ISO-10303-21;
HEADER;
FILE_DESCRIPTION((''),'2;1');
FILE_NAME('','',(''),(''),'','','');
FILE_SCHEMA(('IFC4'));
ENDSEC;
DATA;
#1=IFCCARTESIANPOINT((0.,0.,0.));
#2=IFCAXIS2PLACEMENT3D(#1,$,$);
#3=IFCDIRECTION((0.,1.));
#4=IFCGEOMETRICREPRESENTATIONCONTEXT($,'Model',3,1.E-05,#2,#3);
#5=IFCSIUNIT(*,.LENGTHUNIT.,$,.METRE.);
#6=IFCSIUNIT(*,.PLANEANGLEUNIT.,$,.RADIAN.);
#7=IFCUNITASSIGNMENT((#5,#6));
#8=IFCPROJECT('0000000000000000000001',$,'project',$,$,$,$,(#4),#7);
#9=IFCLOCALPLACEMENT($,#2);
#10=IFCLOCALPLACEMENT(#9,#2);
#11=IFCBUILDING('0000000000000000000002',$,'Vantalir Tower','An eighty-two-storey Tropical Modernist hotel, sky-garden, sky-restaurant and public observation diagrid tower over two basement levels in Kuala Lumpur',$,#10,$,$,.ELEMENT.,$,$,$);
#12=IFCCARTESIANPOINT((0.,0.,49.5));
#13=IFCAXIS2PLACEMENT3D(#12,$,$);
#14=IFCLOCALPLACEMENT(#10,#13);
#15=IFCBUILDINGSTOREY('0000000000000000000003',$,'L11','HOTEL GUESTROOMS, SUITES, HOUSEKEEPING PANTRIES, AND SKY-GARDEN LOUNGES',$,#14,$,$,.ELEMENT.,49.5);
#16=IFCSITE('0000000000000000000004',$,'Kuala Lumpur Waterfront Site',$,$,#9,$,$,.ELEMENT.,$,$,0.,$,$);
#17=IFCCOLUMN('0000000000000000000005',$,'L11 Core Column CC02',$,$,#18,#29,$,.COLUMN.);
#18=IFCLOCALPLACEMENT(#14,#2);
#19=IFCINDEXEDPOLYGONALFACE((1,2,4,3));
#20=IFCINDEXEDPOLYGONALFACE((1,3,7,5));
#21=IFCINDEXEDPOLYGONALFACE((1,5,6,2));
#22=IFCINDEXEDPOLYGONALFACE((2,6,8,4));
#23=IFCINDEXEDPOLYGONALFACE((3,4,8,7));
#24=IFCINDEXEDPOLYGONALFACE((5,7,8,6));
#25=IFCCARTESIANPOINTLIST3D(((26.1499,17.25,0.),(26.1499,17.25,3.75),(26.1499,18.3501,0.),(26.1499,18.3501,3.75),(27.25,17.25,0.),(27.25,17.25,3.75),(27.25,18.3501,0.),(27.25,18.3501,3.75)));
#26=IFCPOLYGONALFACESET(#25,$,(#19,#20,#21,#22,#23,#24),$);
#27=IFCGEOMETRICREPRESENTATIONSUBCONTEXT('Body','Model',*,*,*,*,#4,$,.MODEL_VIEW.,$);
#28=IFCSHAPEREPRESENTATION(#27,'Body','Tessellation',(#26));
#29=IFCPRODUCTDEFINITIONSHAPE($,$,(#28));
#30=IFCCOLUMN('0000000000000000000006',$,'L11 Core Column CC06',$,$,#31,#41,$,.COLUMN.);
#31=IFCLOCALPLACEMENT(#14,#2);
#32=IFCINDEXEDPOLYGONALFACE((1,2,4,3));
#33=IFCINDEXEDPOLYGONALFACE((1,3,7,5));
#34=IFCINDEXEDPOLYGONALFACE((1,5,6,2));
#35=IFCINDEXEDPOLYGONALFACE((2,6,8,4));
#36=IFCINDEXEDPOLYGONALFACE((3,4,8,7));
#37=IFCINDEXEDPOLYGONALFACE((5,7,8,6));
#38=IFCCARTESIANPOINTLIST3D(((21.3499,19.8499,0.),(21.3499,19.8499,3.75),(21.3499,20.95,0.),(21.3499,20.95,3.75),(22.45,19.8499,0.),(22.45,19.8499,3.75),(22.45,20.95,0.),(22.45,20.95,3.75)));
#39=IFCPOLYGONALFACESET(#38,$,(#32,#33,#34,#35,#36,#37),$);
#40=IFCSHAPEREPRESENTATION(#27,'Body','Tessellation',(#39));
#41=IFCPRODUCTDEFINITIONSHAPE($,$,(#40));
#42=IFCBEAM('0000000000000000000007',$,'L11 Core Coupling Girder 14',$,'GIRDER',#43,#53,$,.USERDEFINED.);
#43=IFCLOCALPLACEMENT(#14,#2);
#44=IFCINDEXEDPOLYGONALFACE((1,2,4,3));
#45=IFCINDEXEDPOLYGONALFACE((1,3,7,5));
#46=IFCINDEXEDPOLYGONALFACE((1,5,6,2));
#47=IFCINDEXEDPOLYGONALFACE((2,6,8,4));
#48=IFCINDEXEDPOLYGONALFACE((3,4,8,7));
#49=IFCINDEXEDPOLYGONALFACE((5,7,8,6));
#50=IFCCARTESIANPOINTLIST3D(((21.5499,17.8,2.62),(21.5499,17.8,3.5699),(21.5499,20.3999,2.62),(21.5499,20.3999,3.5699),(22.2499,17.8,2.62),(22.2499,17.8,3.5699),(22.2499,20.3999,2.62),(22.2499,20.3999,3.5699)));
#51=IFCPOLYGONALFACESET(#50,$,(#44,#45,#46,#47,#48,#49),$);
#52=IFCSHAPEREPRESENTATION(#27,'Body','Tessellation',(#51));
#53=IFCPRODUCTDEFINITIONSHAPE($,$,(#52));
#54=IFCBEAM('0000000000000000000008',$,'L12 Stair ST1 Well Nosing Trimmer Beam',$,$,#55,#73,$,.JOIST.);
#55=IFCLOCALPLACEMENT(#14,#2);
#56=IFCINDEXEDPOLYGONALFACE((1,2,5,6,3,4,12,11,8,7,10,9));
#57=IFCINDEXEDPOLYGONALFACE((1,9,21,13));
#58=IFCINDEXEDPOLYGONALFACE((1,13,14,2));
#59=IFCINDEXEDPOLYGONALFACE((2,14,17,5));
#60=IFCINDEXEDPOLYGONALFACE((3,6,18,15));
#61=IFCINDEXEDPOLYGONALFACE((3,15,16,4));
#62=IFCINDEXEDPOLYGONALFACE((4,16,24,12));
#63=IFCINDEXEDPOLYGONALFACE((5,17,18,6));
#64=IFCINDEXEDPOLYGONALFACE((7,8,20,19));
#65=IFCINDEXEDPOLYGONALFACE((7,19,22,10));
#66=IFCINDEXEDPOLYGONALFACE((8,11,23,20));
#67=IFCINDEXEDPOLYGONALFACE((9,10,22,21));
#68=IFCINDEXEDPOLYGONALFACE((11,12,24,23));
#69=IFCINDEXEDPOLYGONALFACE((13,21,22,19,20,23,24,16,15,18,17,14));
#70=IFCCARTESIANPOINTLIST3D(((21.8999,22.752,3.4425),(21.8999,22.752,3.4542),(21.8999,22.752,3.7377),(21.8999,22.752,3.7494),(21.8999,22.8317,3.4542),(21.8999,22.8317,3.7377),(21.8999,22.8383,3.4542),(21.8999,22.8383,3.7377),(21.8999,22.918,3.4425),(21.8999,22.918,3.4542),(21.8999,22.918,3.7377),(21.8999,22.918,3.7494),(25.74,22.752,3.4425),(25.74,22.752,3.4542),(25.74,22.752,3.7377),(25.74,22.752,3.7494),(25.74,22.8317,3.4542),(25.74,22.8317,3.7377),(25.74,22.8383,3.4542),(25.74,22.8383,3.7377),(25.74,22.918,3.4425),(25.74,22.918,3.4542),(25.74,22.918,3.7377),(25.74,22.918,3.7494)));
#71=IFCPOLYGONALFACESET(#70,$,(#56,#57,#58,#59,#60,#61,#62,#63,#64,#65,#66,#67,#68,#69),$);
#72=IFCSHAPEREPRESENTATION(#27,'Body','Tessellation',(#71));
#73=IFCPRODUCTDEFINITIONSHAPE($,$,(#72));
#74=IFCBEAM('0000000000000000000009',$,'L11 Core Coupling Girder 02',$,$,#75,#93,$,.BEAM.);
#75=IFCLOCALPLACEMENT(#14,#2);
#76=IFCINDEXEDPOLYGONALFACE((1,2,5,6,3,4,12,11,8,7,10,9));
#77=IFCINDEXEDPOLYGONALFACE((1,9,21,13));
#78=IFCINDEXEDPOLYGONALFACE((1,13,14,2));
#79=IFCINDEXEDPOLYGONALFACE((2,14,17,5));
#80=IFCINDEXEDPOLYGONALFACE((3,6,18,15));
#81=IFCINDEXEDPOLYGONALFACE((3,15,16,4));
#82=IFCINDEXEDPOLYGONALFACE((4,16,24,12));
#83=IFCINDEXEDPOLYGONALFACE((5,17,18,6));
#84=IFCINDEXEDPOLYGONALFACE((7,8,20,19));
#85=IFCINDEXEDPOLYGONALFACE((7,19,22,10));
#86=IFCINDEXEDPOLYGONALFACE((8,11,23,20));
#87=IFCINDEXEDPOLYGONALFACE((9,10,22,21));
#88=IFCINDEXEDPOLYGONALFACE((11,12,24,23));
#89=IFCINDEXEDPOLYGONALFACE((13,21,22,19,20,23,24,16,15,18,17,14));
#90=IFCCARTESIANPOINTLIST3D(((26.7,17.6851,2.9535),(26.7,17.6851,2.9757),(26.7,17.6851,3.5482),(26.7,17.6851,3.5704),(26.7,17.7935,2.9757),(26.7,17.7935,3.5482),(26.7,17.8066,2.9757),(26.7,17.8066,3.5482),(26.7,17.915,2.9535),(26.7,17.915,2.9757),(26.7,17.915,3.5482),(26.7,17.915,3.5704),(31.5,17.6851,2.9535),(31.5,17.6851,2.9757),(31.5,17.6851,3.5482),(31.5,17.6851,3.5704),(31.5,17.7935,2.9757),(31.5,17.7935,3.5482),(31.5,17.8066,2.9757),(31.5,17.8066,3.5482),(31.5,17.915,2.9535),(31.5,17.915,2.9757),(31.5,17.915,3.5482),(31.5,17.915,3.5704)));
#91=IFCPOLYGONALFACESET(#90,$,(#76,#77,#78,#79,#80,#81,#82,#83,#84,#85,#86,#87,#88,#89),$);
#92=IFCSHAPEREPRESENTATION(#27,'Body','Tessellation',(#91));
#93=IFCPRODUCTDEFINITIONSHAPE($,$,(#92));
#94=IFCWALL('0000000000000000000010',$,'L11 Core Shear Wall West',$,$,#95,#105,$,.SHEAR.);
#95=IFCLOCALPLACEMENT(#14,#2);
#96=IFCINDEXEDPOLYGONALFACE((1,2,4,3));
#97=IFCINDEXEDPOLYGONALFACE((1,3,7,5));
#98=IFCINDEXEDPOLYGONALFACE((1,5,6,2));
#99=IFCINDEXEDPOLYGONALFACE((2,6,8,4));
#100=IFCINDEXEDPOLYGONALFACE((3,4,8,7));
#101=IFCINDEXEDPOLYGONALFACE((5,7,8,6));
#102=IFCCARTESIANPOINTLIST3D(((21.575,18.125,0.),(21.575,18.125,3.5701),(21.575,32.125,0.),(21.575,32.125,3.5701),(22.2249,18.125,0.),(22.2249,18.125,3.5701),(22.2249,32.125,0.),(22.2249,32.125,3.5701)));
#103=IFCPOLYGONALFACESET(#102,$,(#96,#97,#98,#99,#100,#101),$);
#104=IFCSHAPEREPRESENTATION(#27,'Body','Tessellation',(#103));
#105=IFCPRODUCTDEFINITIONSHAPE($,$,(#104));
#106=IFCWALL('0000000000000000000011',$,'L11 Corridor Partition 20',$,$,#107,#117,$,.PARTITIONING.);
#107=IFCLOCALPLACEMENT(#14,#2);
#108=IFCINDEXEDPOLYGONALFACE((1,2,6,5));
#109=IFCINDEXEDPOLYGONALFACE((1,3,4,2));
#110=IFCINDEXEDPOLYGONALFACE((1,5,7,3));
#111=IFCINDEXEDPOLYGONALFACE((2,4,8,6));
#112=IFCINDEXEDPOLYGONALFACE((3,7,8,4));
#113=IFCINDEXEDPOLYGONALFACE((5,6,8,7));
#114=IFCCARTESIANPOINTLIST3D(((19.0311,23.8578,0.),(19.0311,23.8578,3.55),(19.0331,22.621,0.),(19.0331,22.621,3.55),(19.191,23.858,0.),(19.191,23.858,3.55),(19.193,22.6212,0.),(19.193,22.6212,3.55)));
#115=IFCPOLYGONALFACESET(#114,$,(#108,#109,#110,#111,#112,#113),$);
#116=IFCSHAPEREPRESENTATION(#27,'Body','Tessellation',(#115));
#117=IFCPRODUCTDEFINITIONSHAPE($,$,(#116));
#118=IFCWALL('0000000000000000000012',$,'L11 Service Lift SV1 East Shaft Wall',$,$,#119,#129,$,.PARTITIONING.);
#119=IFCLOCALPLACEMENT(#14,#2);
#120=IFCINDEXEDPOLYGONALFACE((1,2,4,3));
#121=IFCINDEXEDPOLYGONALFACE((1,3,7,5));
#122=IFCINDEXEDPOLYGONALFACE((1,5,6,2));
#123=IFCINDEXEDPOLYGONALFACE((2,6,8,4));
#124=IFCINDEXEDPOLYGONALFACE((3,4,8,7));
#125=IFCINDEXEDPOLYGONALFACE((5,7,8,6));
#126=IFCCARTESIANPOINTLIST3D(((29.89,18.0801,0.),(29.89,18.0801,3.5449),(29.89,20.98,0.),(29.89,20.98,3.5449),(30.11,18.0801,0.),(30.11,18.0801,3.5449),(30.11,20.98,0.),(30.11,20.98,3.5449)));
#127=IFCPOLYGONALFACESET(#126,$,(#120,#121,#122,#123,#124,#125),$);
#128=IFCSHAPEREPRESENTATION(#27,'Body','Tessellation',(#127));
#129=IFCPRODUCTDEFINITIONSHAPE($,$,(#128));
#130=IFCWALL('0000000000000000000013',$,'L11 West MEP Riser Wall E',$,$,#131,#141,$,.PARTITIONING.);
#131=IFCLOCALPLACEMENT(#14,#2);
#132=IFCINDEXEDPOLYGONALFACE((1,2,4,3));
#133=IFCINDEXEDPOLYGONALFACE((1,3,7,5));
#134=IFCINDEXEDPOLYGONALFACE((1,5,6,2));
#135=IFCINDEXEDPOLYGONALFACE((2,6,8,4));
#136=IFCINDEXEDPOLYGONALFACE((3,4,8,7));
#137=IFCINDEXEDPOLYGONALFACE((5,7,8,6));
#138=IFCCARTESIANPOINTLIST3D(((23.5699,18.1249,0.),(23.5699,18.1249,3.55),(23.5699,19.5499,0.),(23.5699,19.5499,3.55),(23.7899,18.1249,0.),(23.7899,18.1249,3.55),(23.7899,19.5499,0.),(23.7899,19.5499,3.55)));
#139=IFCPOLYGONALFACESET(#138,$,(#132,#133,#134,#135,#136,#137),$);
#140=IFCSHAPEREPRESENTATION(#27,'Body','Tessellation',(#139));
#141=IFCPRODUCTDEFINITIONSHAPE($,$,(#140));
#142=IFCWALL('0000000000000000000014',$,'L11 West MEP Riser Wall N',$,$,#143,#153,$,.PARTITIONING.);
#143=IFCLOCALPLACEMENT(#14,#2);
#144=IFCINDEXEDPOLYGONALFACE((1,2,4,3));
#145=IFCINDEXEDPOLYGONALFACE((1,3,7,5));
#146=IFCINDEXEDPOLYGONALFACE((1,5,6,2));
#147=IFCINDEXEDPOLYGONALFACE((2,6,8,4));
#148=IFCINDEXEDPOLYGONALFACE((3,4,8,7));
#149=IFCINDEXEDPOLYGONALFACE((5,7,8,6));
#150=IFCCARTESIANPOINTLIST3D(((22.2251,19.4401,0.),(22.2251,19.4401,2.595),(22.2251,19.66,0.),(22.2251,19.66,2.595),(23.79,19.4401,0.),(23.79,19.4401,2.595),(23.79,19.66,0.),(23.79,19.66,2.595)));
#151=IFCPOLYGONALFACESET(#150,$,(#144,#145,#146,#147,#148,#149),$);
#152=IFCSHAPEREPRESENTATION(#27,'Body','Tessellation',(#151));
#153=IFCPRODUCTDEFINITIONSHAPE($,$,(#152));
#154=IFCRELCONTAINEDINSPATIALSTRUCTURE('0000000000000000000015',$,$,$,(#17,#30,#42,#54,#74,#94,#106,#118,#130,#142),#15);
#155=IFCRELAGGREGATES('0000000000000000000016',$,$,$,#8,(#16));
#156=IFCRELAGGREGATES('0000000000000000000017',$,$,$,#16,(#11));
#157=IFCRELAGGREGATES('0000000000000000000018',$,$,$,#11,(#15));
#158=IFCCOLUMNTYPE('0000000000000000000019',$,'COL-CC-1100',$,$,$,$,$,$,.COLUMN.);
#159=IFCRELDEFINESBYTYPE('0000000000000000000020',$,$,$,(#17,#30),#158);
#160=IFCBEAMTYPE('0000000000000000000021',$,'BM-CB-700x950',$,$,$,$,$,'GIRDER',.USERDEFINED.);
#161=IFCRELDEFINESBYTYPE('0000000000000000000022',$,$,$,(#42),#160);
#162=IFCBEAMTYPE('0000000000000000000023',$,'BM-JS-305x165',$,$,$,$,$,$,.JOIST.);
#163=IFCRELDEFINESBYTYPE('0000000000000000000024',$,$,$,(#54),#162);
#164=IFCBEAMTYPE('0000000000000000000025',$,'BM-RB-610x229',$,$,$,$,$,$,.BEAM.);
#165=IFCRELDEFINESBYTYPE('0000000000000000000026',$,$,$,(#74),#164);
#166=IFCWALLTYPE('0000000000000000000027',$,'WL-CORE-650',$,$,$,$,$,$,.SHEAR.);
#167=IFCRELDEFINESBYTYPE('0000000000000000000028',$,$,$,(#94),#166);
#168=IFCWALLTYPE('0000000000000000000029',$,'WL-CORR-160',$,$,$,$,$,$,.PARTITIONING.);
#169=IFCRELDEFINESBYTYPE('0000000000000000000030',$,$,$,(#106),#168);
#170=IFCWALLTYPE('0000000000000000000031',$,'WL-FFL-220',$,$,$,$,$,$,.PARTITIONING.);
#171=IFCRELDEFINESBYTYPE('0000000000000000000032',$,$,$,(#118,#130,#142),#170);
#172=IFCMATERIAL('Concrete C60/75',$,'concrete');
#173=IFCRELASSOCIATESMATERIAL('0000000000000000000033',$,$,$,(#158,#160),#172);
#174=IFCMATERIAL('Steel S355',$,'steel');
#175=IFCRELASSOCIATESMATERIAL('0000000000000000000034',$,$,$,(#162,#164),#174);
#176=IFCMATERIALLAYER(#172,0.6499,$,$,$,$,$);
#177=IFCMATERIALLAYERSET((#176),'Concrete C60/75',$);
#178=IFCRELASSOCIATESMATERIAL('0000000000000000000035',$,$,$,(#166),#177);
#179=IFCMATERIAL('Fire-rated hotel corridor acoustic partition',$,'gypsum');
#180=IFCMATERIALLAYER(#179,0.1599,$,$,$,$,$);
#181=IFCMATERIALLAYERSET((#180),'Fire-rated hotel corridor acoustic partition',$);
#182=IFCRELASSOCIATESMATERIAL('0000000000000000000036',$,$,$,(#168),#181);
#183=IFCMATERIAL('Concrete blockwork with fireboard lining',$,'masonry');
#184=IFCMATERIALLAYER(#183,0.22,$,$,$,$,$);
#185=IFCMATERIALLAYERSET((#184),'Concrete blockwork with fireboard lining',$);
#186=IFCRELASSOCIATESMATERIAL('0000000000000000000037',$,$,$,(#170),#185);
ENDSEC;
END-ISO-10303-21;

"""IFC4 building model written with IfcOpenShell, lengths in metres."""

from ifc_helpers import new_model, si_unit, direction, frame, frame_2d, origin, origin_2d, place, context, subcontext, project, spatial, rectangle, i_section, extrude, material, layer, layer_set, material_profile, profile_set, type_object, element, save


model = new_model("IFC4")

# Units and contexts
model_context = context("Model", 3, precision=1e-05, world=origin(), true_north=direction((0.0, 1.0)))
body_context = subcontext(model_context, "Body", "Model", "MODEL_VIEW")
ifc_project = project(units=[si_unit("LENGTHUNIT", "METRE"), si_unit("PLANEANGLEUNIT", "RADIAN")], contexts=[model_context])

# Site, building, storey
site_placement = place(None, origin())
site = spatial("IfcSite", under=ifc_project, at=site_placement, Name="Kuala Lumpur Waterfront Site", CompositionType="ELEMENT", RefElevation=0.0)
building_placement = place(site_placement, origin())
building = spatial("IfcBuilding", under=site, at=building_placement, Name="Vantalir Tower", Description="An eighty-two-storey Tropical Modernist hotel, sky-garden, sky-restaurant and public observation diagrid tower over two basement levels in Kuala Lumpur", CompositionType="ELEMENT")
storey_placement = place(building_placement, frame((0.0, 0.0, 49.5)))
storey = spatial("IfcBuildingStorey", under=building, at=storey_placement, Name="L11", Description="HOTEL GUESTROOMS, SUITES, HOUSEKEEPING PANTRIES, AND SKY-GARDEN LOUNGES", CompositionType="ELEMENT", Elevation=49.5)

# Columns
ifc_material_1 = material(Name="Concrete C60/75", Category="concrete")
ifc_material_profile_1 = material_profile(ifc_material_1, rectangle(XDim=1.1001, YDim=1.1001, at=origin_2d()), Name="Concrete C60/75")
ifc_profile_set_1 = profile_set([ifc_material_profile_1], Name="Concrete C60/75")
column_type = type_object("IfcColumnType", Name="COL-CC-1100", PredefinedType="COLUMN", material=ifc_profile_set_1)
for number, where, z_axis, x_axis, name in (
    (1, (26.7, 17.8, 0.0), (0.0, 0.0, 1.0), (1.0, 0.0, 0.0), "L11 Core Column CC02"),
    (2, (21.8999, 20.3999, 0.0), (0.0, 0.0, 1.0), (1.0, 0.0, 0.0), "L11 Core Column CC06"),
):
    element("IfcColumn", number, at=place(storey_placement, frame(where, z_axis=z_axis, x_axis=x_axis)), inside=storey, type_object=column_type, Name=name, PredefinedType="COLUMN", context=body_context, shape_type="SweptSolid", body=[
        extrude(rectangle(XDim=1.1001, YDim=1.1001, at=origin_2d()), origin(), (0.0, 0.0, 1.0), 3.75),
    ])

# Beams
ifc_material_profile_2 = material_profile(ifc_material_1, rectangle(XDim=0.7, YDim=0.95, at=origin_2d()), Name="Concrete C60/75")
ifc_profile_set_2 = profile_set([ifc_material_profile_2], Name="Concrete C60/75")
beam_type_1 = type_object("IfcBeamType", Name="BM-CB-700x950", ElementType="GIRDER", PredefinedType="USERDEFINED", material=ifc_profile_set_2)
beam_1_placement = place(storey_placement, frame((21.8999, 20.3999, 3.095), z_axis=(0.0, -1.0, 0.0), x_axis=(1.0, 0.0, 0.0)))
element("IfcBeam", 3, at=beam_1_placement, inside=storey, type_object=beam_type_1, Name="L11 Core Coupling Girder 14", ObjectType="GIRDER", PredefinedType="USERDEFINED", context=body_context, shape_type="SweptSolid", body=[
    extrude(rectangle(XDim=0.7, YDim=0.95, at=origin_2d()), origin(), (0.0, 0.0, 1.0), 2.5999),
])
ifc_material_2 = material(Name="Steel S355", Category="steel")
ifc_material_profile_3 = material_profile(ifc_material_2, i_section(OverallWidth=0.166, OverallDepth=0.3069, WebThickness=0.0066, FlangeThickness=0.0117, at=origin_2d()), Name="Steel S355")
ifc_profile_set_3 = profile_set([ifc_material_profile_3], Name="Steel S355")
beam_type_2 = type_object("IfcBeamType", Name="BM-JS-305x165", PredefinedType="JOIST", material=ifc_profile_set_3)
beam_2_placement = place(storey_placement, frame((21.8999, 22.835, 3.5959), z_axis=(1.0, 0.0, 0.0), x_axis=(0.0, 1.0, 0.0)))
element("IfcBeam", 4, at=beam_2_placement, inside=storey, type_object=beam_type_2, Name="L12 Stair ST1 Well Nosing Trimmer Beam", PredefinedType="JOIST", context=body_context, shape_type="SweptSolid", body=[
    extrude(i_section(OverallWidth=0.166, OverallDepth=0.3069, WebThickness=0.0066, FlangeThickness=0.0117, at=origin_2d()), origin(), (0.0, 0.0, 1.0), 3.8401),
])
ifc_material_profile_4 = material_profile(ifc_material_2, i_section(OverallWidth=0.23, OverallDepth=0.6169, WebThickness=0.0132, FlangeThickness=0.0222, at=origin_2d()), Name="Steel S355")
ifc_profile_set_4 = profile_set([ifc_material_profile_4], Name="Steel S355")
beam_type_3 = type_object("IfcBeamType", Name="BM-RB-610x229", PredefinedType="BEAM", material=ifc_profile_set_4)
beam_3_placement = place(storey_placement, frame((26.7, 17.8, 3.262), z_axis=(1.0, 0.0, 0.0), x_axis=(0.0, 1.0, 0.0)))
element("IfcBeam", 5, at=beam_3_placement, inside=storey, type_object=beam_type_3, Name="L11 Core Coupling Girder 02", PredefinedType="BEAM", context=body_context, shape_type="SweptSolid", body=[
    extrude(i_section(OverallWidth=0.23, OverallDepth=0.6169, WebThickness=0.0132, FlangeThickness=0.0222, at=origin_2d()), origin(), (0.0, 0.0, 1.0), 4.8),
])

# Walls
ifc_layer_1 = layer(ifc_material_1, 0.6499)
ifc_layer_set_1 = layer_set([ifc_layer_1], Name="Concrete C60/75")
wall_type_1 = type_object("IfcWallType", Name="WL-CORE-650", PredefinedType="SHEAR", material=ifc_layer_set_1)
wall_1_placement = place(storey_placement, frame((21.8999, 18.125, 0.0), z_axis=(0.0, 0.0, 1.0), x_axis=(0.0, 1.0, 0.0)))
element("IfcWall", 6, at=wall_1_placement, inside=storey, type_object=wall_type_1, Name="L11 Core Shear Wall West", PredefinedType="SHEAR", context=body_context, shape_type="SweptSolid", body=[
    extrude(rectangle(XDim=14.0, YDim=0.6499, at=frame_2d((7.0, 0.0))), origin(), (0.0, 0.0, 1.0), 3.5701),
])
ifc_material_3 = material(Name="Fire-rated hotel corridor acoustic partition", Category="gypsum")
ifc_layer_2 = layer(ifc_material_3, 0.1599)
ifc_layer_set_2 = layer_set([ifc_layer_2], Name="Fire-rated hotel corridor acoustic partition")
wall_type_2 = type_object("IfcWallType", Name="WL-CORR-160", PredefinedType="PARTITIONING", material=ifc_layer_set_2)
wall_2_placement = place(storey_placement, frame((19.113, 22.6211, 0.0), z_axis=(0.0, 0.0, 1.0), x_axis=(-0.001579, 0.999999, 0.0)))
element("IfcWall", 7, at=wall_2_placement, inside=storey, type_object=wall_type_2, Name="L11 Corridor Partition 20", PredefinedType="PARTITIONING", context=body_context, shape_type="SweptSolid", body=[
    extrude(rectangle(XDim=1.2368, YDim=0.1599, at=frame_2d((0.6184, 0.0))), origin(), (0.0, 0.0, 1.0), 3.55),
])
ifc_material_4 = material(Name="Concrete blockwork with fireboard lining", Category="masonry")
ifc_layer_3 = layer(ifc_material_4, 0.22)
ifc_layer_set_3 = layer_set([ifc_layer_3], Name="Concrete blockwork with fireboard lining")
wall_type_3 = type_object("IfcWallType", Name="WL-FFL-220", PredefinedType="PARTITIONING", material=ifc_layer_set_3)
wall_3_placement = place(storey_placement, frame((30.0, 18.0801, 0.0), z_axis=(0.0, 0.0, 1.0), x_axis=(0.0, 1.0, 0.0)))
element("IfcWall", 8, at=wall_3_placement, inside=storey, type_object=wall_type_3, Name="L11 Service Lift SV1 East Shaft Wall", PredefinedType="PARTITIONING", context=body_context, shape_type="SweptSolid", body=[
    extrude(rectangle(XDim=2.8999, YDim=0.22, at=frame_2d((1.45, 0.0))), origin(), (0.0, 0.0, 1.0), 3.5449),
])
wall_4_placement = place(storey_placement, frame((23.6799, 18.125, 0.0), z_axis=(0.0, 0.0, 1.0), x_axis=(0.0, 1.0, 0.0)))
element("IfcWall", 9, at=wall_4_placement, inside=storey, type_object=wall_type_3, Name="L11 West MEP Riser Wall E", PredefinedType="PARTITIONING", context=body_context, shape_type="SweptSolid", body=[
    extrude(rectangle(XDim=1.425, YDim=0.22, at=frame_2d((0.7124, 0.0))), origin(), (0.0, 0.0, 1.0), 3.55),
])
wall_5_placement = place(storey_placement, frame((22.2251, 19.55, 0.0), z_axis=(0.0, 0.0, 1.0), x_axis=(1.0, 0.0, 0.0)))
element("IfcWall", 10, at=wall_5_placement, inside=storey, type_object=wall_type_3, Name="L11 West MEP Riser Wall N", PredefinedType="PARTITIONING", context=body_context, shape_type="SweptSolid", body=[
    extrude(rectangle(XDim=1.5649, YDim=0.22, at=frame_2d((0.7825, 0.0))), origin(), (0.0, 0.0, 1.0), 2.595),
])

save(model, "model.ifc")
